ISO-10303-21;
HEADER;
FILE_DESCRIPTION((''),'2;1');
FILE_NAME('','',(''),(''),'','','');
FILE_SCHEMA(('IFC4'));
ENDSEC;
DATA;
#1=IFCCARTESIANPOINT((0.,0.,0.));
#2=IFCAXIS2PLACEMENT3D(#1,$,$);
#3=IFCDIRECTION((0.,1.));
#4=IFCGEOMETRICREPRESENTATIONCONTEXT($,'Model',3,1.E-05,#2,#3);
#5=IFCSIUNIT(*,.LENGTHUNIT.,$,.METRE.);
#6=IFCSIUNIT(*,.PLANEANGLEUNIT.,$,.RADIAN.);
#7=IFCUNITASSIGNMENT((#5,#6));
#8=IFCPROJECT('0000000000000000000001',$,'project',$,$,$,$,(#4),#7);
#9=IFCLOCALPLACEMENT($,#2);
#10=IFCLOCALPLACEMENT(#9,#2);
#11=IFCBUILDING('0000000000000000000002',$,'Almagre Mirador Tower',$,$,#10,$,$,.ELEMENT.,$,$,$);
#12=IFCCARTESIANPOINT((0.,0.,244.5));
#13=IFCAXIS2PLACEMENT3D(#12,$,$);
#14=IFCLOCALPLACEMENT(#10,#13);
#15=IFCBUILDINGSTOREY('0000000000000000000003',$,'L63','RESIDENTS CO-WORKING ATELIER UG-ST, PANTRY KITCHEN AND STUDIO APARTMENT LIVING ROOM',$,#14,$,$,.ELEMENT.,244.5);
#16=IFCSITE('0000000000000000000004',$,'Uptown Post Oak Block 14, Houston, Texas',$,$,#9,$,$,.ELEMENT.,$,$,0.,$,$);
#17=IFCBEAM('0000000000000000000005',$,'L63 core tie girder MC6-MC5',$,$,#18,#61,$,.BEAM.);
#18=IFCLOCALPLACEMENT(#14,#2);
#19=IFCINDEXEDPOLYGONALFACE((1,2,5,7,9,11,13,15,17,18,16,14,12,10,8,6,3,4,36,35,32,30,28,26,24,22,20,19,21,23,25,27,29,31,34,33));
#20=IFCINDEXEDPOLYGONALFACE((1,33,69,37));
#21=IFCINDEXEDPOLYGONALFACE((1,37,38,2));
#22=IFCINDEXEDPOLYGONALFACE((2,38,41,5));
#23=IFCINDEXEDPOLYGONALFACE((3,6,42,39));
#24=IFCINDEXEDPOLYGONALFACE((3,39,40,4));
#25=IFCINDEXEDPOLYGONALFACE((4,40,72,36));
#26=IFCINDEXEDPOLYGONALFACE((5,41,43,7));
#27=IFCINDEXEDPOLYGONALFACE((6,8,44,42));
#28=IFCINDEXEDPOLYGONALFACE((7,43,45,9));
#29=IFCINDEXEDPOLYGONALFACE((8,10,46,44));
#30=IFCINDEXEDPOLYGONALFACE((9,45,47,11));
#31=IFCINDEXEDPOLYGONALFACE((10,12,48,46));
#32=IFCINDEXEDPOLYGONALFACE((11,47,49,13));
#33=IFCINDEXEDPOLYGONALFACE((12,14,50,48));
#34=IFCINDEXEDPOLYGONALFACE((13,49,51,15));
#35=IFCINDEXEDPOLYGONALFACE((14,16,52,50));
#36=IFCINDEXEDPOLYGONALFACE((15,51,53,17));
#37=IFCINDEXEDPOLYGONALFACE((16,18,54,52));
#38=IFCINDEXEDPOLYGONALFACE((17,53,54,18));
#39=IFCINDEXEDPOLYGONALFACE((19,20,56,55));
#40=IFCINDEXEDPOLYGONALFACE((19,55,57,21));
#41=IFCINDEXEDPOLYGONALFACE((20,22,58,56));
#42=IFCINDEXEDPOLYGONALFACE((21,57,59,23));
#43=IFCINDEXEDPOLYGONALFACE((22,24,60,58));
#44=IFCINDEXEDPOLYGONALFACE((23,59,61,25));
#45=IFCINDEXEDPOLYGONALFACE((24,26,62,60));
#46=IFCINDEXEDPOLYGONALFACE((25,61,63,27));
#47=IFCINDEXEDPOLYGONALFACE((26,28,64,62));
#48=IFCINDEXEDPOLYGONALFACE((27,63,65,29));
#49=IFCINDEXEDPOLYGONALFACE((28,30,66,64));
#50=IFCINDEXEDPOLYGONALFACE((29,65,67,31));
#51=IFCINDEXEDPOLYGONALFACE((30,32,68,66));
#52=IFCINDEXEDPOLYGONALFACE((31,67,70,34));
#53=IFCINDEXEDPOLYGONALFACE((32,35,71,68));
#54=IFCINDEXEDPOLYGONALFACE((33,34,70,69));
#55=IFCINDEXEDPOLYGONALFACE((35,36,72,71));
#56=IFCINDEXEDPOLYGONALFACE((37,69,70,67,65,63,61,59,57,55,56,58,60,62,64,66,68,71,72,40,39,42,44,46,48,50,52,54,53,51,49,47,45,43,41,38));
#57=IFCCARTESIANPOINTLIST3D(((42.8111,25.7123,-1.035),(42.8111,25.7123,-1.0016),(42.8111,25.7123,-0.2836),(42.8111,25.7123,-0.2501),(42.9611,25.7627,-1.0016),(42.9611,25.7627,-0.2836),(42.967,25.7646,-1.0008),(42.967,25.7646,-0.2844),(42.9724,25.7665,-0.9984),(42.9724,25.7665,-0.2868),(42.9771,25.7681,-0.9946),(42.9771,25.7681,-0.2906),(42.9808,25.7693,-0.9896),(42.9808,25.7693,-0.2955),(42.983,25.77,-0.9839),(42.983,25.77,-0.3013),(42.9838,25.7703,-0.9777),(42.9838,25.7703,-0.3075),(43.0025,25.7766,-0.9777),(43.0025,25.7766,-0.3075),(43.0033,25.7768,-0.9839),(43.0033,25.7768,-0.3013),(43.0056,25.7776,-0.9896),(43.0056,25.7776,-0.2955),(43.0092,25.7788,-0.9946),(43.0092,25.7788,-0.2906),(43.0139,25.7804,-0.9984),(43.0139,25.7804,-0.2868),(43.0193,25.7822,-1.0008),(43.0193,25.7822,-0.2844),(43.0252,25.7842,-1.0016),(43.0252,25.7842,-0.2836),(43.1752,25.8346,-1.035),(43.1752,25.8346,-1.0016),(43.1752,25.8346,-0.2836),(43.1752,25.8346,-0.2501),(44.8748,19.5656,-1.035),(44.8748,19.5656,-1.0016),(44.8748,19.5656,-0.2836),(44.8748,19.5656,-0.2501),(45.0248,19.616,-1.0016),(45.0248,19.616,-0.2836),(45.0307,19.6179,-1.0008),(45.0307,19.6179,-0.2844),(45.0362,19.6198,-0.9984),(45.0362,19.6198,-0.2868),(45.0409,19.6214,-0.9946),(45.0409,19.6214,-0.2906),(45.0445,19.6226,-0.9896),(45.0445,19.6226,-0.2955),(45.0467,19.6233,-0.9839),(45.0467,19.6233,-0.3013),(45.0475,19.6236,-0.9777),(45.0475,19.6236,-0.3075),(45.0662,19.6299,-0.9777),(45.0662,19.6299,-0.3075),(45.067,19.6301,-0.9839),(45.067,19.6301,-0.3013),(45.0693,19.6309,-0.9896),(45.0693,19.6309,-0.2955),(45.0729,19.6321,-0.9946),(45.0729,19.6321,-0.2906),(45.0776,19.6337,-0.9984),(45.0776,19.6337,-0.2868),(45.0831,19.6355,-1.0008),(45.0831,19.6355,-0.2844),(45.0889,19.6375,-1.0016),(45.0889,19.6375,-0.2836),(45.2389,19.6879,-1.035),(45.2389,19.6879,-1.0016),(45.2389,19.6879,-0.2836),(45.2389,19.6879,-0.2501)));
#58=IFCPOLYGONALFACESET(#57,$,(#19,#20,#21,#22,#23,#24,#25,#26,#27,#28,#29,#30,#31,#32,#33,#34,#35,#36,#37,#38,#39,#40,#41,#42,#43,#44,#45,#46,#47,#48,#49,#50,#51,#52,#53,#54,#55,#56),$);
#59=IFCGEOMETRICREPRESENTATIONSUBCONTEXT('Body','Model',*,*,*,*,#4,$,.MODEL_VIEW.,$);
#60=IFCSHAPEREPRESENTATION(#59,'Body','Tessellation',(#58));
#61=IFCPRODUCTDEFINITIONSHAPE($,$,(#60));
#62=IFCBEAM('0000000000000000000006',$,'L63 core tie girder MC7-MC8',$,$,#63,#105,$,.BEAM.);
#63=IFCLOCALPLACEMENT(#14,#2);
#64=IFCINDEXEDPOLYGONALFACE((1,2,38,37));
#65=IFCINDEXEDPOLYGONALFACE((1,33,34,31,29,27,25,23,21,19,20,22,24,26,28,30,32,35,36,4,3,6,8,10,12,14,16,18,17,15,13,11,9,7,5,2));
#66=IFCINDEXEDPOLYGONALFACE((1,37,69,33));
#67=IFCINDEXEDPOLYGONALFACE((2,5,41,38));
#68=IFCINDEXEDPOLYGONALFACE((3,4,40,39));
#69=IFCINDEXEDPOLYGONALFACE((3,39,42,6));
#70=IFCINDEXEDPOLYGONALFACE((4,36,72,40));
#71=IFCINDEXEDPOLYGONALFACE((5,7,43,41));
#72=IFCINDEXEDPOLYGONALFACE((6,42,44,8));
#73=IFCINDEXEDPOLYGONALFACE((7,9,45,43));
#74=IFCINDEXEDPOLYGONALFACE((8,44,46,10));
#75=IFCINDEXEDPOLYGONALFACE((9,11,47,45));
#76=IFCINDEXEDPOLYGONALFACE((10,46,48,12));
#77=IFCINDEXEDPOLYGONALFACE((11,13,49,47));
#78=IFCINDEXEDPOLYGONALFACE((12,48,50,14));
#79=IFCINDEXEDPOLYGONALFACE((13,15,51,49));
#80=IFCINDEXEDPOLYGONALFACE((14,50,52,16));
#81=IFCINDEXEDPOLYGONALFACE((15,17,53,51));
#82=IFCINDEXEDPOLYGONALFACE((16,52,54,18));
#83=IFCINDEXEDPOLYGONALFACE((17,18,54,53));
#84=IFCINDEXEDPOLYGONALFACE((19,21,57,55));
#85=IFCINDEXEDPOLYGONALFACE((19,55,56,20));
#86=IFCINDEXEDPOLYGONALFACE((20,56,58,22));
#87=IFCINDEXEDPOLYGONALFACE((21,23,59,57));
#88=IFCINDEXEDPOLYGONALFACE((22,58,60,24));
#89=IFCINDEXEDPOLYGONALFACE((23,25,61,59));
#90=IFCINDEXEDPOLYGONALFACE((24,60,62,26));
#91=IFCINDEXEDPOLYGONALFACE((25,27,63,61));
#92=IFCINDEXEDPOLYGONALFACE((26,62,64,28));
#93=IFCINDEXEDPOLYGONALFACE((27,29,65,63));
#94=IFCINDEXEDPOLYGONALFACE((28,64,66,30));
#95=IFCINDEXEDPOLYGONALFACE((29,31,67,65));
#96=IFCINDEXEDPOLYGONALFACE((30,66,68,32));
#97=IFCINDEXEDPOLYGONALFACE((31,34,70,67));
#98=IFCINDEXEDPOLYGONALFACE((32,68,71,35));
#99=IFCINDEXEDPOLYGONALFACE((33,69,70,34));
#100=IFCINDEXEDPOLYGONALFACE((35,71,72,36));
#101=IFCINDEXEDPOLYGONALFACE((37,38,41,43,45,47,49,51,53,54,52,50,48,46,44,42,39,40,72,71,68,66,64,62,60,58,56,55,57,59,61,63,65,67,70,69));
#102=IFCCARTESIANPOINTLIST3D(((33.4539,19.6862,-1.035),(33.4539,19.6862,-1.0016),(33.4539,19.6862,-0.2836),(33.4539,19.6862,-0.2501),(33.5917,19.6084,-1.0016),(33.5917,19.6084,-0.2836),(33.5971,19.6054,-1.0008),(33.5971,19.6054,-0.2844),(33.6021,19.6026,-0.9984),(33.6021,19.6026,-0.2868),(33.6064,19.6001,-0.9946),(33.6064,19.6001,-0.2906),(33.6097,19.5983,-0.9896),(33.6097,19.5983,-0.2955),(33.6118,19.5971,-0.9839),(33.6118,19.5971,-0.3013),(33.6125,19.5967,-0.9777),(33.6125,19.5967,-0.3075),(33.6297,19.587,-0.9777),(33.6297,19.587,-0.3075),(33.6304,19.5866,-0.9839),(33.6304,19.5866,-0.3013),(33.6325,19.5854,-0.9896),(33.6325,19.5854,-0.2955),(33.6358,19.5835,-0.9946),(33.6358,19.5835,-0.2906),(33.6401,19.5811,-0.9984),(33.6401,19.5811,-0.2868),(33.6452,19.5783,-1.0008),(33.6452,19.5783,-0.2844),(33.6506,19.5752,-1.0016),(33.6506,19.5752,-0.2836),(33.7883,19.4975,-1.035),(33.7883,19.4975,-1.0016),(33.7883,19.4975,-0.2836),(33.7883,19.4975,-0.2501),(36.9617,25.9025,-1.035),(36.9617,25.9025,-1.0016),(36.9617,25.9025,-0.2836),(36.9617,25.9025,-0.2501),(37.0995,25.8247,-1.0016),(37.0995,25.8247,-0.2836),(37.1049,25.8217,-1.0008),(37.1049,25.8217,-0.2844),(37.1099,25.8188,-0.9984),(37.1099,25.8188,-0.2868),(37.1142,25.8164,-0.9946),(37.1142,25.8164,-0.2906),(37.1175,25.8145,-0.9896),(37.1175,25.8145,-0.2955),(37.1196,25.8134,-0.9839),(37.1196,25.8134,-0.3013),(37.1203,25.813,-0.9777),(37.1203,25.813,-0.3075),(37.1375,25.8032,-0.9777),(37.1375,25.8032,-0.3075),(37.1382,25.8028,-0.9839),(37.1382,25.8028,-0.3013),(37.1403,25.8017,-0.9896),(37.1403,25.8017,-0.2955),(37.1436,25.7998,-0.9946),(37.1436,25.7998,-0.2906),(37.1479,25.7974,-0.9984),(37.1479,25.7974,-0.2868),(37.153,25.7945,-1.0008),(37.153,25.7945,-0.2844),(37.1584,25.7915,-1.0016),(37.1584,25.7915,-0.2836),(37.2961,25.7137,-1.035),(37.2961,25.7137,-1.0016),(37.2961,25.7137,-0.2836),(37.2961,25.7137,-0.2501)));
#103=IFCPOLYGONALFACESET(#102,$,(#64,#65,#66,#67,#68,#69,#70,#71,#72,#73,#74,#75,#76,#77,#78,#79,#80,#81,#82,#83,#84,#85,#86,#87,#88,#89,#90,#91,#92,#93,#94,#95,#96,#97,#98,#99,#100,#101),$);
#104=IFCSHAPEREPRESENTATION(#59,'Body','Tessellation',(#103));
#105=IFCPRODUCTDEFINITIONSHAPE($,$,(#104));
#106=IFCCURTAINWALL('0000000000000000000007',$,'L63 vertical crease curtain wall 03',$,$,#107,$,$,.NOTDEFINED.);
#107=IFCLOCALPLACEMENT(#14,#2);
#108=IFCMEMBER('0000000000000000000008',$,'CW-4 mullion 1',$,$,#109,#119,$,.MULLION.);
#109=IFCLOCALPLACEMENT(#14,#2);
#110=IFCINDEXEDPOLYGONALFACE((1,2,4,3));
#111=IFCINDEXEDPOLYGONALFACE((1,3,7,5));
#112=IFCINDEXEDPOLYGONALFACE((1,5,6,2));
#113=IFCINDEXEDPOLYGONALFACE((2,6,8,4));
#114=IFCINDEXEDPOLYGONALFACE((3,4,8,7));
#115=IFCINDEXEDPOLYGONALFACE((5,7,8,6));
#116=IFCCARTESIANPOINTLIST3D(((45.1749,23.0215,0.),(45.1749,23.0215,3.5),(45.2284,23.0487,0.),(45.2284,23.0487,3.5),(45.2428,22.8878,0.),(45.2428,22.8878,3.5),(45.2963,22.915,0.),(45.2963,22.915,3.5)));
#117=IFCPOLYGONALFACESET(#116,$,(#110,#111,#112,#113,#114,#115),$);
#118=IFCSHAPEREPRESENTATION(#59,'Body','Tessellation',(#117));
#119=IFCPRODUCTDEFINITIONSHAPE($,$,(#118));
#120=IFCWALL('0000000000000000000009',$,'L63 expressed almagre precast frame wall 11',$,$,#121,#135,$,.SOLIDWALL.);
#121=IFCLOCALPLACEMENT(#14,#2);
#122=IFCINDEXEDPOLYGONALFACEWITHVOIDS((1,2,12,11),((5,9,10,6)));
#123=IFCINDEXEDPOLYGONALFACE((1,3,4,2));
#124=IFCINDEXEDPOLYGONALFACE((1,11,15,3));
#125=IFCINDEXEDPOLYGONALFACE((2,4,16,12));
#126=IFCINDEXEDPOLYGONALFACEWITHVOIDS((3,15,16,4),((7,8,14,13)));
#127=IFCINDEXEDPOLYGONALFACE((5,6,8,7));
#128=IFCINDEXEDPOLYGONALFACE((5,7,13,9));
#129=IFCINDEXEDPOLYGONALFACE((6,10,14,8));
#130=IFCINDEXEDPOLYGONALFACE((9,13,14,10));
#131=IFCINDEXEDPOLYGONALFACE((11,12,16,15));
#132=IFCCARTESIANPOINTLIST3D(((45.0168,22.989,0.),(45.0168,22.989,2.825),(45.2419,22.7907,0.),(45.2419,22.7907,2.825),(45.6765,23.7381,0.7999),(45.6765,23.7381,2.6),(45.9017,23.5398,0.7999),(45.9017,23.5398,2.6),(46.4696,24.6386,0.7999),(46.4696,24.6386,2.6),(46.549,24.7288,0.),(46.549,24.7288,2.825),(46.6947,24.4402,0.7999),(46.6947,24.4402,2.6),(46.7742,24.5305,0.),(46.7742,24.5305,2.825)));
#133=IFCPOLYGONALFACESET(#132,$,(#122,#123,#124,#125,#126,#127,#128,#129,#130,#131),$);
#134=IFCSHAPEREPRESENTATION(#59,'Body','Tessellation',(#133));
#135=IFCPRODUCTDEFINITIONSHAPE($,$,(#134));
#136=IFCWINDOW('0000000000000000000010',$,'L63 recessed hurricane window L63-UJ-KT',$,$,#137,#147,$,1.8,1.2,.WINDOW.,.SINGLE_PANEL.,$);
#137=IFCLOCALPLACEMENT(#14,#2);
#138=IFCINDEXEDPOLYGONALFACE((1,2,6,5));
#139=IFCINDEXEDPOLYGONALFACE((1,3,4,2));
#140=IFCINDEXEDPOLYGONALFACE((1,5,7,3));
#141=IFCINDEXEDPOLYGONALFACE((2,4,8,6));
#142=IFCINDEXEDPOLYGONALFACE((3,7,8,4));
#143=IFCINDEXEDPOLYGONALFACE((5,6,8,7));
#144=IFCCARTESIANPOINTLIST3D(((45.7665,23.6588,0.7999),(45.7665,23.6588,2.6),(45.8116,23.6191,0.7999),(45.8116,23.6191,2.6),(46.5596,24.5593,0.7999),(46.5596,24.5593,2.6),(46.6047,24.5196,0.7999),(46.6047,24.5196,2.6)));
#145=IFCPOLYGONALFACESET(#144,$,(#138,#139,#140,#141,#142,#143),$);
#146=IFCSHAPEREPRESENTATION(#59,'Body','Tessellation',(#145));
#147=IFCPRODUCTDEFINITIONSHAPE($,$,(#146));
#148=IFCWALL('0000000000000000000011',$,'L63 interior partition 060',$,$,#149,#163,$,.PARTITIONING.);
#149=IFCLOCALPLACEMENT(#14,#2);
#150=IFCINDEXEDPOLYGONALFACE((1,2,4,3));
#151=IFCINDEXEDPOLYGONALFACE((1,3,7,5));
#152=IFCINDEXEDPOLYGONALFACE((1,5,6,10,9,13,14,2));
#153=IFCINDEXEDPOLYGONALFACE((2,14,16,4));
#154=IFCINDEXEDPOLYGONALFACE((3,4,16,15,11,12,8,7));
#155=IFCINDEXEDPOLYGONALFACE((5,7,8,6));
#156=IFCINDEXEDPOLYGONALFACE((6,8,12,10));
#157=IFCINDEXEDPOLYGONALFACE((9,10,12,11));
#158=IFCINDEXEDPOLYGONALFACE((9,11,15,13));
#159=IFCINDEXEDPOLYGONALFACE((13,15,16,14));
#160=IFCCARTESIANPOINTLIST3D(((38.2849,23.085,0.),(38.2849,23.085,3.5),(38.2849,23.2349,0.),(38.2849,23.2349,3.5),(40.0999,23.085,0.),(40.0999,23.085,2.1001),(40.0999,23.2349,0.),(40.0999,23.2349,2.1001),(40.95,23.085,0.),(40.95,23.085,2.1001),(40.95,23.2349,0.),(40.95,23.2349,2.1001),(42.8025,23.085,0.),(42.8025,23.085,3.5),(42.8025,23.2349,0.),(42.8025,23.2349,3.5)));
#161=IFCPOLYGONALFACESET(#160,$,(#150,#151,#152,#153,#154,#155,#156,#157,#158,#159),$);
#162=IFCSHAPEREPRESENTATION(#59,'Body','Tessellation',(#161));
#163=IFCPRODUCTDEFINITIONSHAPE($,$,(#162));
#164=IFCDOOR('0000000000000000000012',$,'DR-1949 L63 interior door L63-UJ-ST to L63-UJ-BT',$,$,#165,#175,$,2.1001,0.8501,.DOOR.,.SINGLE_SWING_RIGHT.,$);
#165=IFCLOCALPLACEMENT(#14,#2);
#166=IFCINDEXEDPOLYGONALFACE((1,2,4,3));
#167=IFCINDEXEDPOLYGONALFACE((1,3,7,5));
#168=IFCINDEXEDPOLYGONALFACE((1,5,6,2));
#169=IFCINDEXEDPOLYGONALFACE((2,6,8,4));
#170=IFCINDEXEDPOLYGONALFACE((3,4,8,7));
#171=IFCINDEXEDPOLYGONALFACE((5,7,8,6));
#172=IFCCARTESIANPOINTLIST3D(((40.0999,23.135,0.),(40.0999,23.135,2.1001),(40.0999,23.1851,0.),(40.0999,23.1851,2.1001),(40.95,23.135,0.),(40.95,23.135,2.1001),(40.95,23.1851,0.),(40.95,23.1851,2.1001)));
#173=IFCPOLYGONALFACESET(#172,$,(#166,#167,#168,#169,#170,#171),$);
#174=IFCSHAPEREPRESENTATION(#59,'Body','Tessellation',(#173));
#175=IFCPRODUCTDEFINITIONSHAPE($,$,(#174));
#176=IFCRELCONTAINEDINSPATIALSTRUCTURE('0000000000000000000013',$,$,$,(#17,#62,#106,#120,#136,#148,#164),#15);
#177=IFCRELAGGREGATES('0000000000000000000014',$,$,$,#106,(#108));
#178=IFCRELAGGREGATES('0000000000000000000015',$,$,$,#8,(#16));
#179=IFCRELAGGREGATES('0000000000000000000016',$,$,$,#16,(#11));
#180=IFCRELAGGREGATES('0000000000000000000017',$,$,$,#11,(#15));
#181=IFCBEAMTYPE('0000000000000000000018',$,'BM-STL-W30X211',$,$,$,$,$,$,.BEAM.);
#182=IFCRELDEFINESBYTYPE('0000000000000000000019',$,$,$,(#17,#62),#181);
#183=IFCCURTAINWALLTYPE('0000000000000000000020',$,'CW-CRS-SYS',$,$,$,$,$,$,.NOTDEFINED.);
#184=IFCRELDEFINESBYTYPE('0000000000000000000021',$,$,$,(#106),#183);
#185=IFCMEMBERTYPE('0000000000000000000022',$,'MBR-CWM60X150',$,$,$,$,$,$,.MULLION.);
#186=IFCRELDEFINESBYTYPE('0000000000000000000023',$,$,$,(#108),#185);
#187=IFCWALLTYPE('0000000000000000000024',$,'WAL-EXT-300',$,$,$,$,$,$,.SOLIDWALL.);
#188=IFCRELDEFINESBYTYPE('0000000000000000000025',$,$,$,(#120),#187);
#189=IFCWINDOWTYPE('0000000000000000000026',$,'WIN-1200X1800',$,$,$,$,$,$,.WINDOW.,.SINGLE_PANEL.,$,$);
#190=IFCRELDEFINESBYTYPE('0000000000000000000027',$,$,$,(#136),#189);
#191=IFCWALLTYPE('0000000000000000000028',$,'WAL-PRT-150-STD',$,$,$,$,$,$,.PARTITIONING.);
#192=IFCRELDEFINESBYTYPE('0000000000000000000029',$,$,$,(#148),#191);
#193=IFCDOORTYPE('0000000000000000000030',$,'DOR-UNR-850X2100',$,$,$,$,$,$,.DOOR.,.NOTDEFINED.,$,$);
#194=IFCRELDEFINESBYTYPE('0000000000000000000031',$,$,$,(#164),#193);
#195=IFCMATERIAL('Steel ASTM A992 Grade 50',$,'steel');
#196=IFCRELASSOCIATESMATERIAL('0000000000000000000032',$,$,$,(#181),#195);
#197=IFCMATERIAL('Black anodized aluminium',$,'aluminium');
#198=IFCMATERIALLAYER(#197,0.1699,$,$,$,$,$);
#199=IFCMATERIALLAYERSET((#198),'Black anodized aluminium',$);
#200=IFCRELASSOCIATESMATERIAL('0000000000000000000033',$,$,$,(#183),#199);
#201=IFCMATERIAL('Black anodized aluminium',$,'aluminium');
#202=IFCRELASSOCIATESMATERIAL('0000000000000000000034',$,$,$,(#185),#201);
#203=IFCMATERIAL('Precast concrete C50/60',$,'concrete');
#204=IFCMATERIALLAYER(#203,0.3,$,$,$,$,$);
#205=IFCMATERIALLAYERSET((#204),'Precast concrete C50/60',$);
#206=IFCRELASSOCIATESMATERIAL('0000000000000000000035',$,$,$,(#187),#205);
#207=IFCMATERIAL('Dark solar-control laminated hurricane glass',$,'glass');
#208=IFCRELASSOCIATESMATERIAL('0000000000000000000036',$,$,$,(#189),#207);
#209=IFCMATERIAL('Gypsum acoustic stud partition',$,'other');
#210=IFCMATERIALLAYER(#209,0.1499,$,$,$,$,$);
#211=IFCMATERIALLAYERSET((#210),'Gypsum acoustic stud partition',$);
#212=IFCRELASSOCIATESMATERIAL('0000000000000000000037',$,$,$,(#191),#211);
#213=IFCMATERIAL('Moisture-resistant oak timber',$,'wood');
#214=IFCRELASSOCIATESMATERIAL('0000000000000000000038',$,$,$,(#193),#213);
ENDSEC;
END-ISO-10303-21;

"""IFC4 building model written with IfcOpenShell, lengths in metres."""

from ifc_helpers import new_model, si_unit, direction, frame, frame_2d, origin, origin_2d, place, context, subcontext, project, spatial, rectangle, i_section, extrude, material, layer, layer_set, material_profile, profile_set, type_object, element, fill, aggregate, save


model = new_model("IFC4")

# Units and contexts
model_context = context("Model", 3, precision=1e-05, world=origin(), true_north=direction((0.0, 1.0)))
body_context = subcontext(model_context, "Body", "Model", "MODEL_VIEW")
ifc_project = project(units=[si_unit("LENGTHUNIT", "METRE"), si_unit("PLANEANGLEUNIT", "RADIAN")], contexts=[model_context])

# Site, building, storey
site_placement = place(None, origin())
site = spatial("IfcSite", under=ifc_project, at=site_placement, Name="Uptown Post Oak Block 14, Houston, Texas", CompositionType="ELEMENT", RefElevation=0.0)
building_placement = place(site_placement, origin())
building = spatial("IfcBuilding", under=site, at=building_placement, Name="Almagre Mirador Tower", CompositionType="ELEMENT")
storey_placement = place(building_placement, frame((0.0, 0.0, 244.5)))
storey = spatial("IfcBuildingStorey", under=building, at=storey_placement, Name="L63", Description="RESIDENTS CO-WORKING ATELIER UG-ST, PANTRY KITCHEN AND STUDIO APARTMENT LIVING ROOM", CompositionType="ELEMENT", Elevation=244.5)

# Beams
ifc_material_1 = material(Name="Steel ASTM A992 Grade 50", Category="steel")
ifc_material_profile_1 = material_profile(ifc_material_1, i_section(OverallWidth=0.384, OverallDepth=0.7849, WebThickness=0.0198, FlangeThickness=0.0334, FilletRadius=0.0239, at=origin_2d()), Name="W30X211")
ifc_profile_set_1 = profile_set([ifc_material_profile_1], Name="Steel ASTM A992 Grade 50")
beam_type_1 = type_object("IfcBeamType", Name="BM-STL-W30X211", PredefinedType="BEAM", material=ifc_profile_set_1)
beam_1_placement = place(storey_placement, frame((42.9932, 25.7734, -0.6426), z_axis=(0.318283, -0.947996, 0.0), x_axis=(0.947996, 0.318283, 0.0)))
element("IfcBeam", 1, at=beam_1_placement, inside=storey, type_object=beam_type_1, Name="L63 core tie girder MC6-MC5", PredefinedType="BEAM", context=body_context, shape_type="SweptSolid", body=[
    extrude(i_section(OverallWidth=0.384, OverallDepth=0.7849, WebThickness=0.0198, FlangeThickness=0.0334, FilletRadius=0.0239, at=origin_2d()), origin(), (0.0, 0.0, 1.0), 6.4839),
])
beam_2_placement = place(storey_placement, frame((37.1289, 25.8081, -0.6426), z_axis=(-0.491446, -0.870908, 0.0), x_axis=(0.870908, -0.491446, 0.0)))
element("IfcBeam", 2, at=beam_2_placement, inside=storey, type_object=beam_type_1, Name="L63 core tie girder MC7-MC8", PredefinedType="BEAM", context=body_context, shape_type="SweptSolid", body=[
    extrude(i_section(OverallWidth=0.384, OverallDepth=0.7849, WebThickness=0.0198, FlangeThickness=0.0334, FilletRadius=0.0239, at=origin_2d()), origin(), (0.0, 0.0, 1.0), 7.1377),
])

# Curtain wall, member
ifc_material_2 = material(Name="Black anodized aluminium", Category="aluminium")
ifc_layer_1 = layer(ifc_material_2, 0.1699)
ifc_layer_set_1 = layer_set([ifc_layer_1], Name="Black anodized aluminium")
curtain_wall_type = type_object("IfcCurtainWallType", Name="CW-CRS-SYS", PredefinedType="NOTDEFINED", material=ifc_layer_set_1)
curtain_wall_placement = place(storey_placement, origin())
curtain_wall = element("IfcCurtainWall", 3, at=curtain_wall_placement, inside=storey, type_object=curtain_wall_type, Name="L63 vertical crease curtain wall 03", PredefinedType="NOTDEFINED")
ifc_material_3 = material(Name="Black anodized aluminium", Category="aluminium")
ifc_material_profile_2 = material_profile(ifc_material_3, rectangle(XDim=0.0601, YDim=0.1499, at=origin_2d()), Name="CWM60X150")
ifc_profile_set_2 = profile_set([ifc_material_profile_2], Name="Black anodized aluminium")
member_type = type_object("IfcMemberType", Name="MBR-CWM60X150", PredefinedType="MULLION", material=ifc_profile_set_2)
member_placement = place(storey_placement, frame((45.2356, 22.9683, 0.0), z_axis=(0.0, 0.0, 1.0), x_axis=(0.891634, 0.452757, 0.0)))
member = element("IfcMember", 4, at=member_placement, type_object=member_type, Name="CW-4 mullion 1", PredefinedType="MULLION", context=body_context, shape_type="SweptSolid", body=[
    extrude(rectangle(XDim=0.0601, YDim=0.1499, at=origin_2d()), origin(), (0.0, 0.0, 1.0), 3.5),
])
aggregate(curtain_wall, [member])

# Wall, opening, window
ifc_material_4 = material(Name="Precast concrete C50/60", Category="concrete")
ifc_layer_2 = layer(ifc_material_4, 0.3)
ifc_layer_set_2 = layer_set([ifc_layer_2], Name="Precast concrete C50/60")
wall_type_1 = type_object("IfcWallType", Name="WAL-EXT-300", PredefinedType="SOLIDWALL", material=ifc_layer_set_2)
wall_1_placement = place(storey_placement, frame((46.6616, 24.6296, 0.0), z_axis=(0.0, 0.0, 1.0), x_axis=(-0.660932, -0.750446, 0.0)))
wall_1 = element("IfcWall", 5, at=wall_1_placement, inside=storey, type_object=wall_type_1, Name="L63 expressed almagre precast frame wall 11", PredefinedType="SOLIDWALL", context=body_context, shape_type="SweptSolid", body=[
    extrude(rectangle(XDim=2.3184, YDim=0.3, at=frame_2d((1.1592, 0.0))), origin(), (0.0, 0.0, 1.0), 2.825),
])
opening_1_placement = place(wall_1_placement, frame((0.1201, 0.0, 0.8)))
opening_1 = element("IfcOpeningElement", 6, at=opening_1_placement, cuts=wall_1, PredefinedType="OPENING", context=body_context, shape_type="SweptSolid", body=[
    extrude(rectangle(XDim=1.2, YDim=1.8, at=frame_2d((0.6001, 0.8999))), frame((0.0, 0.1599, 0.0), z_axis=(0.0, -1.0, 0.0), x_axis=(1.0, 0.0, 0.0)), (0.0, 0.0, 1.0), 0.32),
])
ifc_material_5 = material(Name="Dark solar-control laminated hurricane glass", Category="glass")
window_type = type_object("IfcWindowType", Name="WIN-1200X1800", PartitioningType="SINGLE_PANEL", PredefinedType="WINDOW", material=ifc_material_5)
window_placement = place(opening_1_placement, origin())
window = element("IfcWindow", 7, at=window_placement, inside=storey, type_object=window_type, Name="L63 recessed hurricane window L63-UJ-KT", OverallHeight=1.8, OverallWidth=1.2, PartitioningType="SINGLE_PANEL", PredefinedType="WINDOW", context=body_context, shape_type="SweptSolid", body=[
    extrude(rectangle(XDim=1.2, YDim=1.8, at=frame_2d((0.6001, 0.8999))), frame((0.0, 0.03, 0.0), z_axis=(0.0, -1.0, 0.0), x_axis=(1.0, 0.0, 0.0)), (0.0, 0.0, 1.0), 0.0601),
])
fill(opening_1, window)

# Wall, opening, door
ifc_material_6 = material(Name="Gypsum acoustic stud partition", Category="other")
ifc_layer_3 = layer(ifc_material_6, 0.1499)
ifc_layer_set_3 = layer_set([ifc_layer_3], Name="Gypsum acoustic stud partition")
wall_type_2 = type_object("IfcWallType", Name="WAL-PRT-150-STD", PredefinedType="PARTITIONING", material=ifc_layer_set_3)
wall_2_placement = place(storey_placement, frame((42.8025, 23.1599, 0.0), z_axis=(0.0, 0.0, 1.0), x_axis=(-1.0, 0.0, 0.0)))
wall_2 = element("IfcWall", 8, at=wall_2_placement, inside=storey, type_object=wall_type_2, Name="L63 interior partition 060", PredefinedType="PARTITIONING", context=body_context, shape_type="SweptSolid", body=[
    extrude(rectangle(XDim=4.5176, YDim=0.1499, at=frame_2d((2.2588, 0.0))), origin(), (0.0, 0.0, 1.0), 3.5),
])
opening_2_placement = place(wall_2_placement, frame((1.8525, 0.0, 0.0)))
opening_2 = element("IfcOpeningElement", 9, at=opening_2_placement, cuts=wall_2, PredefinedType="OPENING", context=body_context, shape_type="SweptSolid", body=[
    extrude(rectangle(XDim=0.8501, YDim=2.1001, at=frame_2d((0.425, 1.05))), frame((0.0, 0.085, 0.0), z_axis=(0.0, -1.0, 0.0), x_axis=(1.0, 0.0, 0.0)), (0.0, 0.0, 1.0), 0.1699),
])
ifc_material_7 = material(Name="Moisture-resistant oak timber", Category="wood")
door_type_1 = type_object("IfcDoorType", Name="DOR-UNR-850X2100", OperationType="NOTDEFINED", PredefinedType="DOOR", material=ifc_material_7)
door_1_placement = place(opening_2_placement, origin())
door_1 = element("IfcDoor", 10, at=door_1_placement, inside=storey, type_object=door_type_1, Name="DR-1949 L63 interior door L63-UJ-ST to L63-UJ-BT", OperationType="SINGLE_SWING_RIGHT", OverallHeight=2.1001, OverallWidth=0.8501, PredefinedType="DOOR", context=body_context, shape_type="SweptSolid", body=[
    extrude(rectangle(XDim=0.8501, YDim=2.1001, at=frame_2d((0.425, 1.05))), frame((0.0, 0.0249, 0.0), z_axis=(0.0, -1.0, 0.0), x_axis=(1.0, 0.0, 0.0)), (0.0, 0.0, 1.0), 0.05),
])
fill(opening_2, door_1)

save(model, "model.ifc")
